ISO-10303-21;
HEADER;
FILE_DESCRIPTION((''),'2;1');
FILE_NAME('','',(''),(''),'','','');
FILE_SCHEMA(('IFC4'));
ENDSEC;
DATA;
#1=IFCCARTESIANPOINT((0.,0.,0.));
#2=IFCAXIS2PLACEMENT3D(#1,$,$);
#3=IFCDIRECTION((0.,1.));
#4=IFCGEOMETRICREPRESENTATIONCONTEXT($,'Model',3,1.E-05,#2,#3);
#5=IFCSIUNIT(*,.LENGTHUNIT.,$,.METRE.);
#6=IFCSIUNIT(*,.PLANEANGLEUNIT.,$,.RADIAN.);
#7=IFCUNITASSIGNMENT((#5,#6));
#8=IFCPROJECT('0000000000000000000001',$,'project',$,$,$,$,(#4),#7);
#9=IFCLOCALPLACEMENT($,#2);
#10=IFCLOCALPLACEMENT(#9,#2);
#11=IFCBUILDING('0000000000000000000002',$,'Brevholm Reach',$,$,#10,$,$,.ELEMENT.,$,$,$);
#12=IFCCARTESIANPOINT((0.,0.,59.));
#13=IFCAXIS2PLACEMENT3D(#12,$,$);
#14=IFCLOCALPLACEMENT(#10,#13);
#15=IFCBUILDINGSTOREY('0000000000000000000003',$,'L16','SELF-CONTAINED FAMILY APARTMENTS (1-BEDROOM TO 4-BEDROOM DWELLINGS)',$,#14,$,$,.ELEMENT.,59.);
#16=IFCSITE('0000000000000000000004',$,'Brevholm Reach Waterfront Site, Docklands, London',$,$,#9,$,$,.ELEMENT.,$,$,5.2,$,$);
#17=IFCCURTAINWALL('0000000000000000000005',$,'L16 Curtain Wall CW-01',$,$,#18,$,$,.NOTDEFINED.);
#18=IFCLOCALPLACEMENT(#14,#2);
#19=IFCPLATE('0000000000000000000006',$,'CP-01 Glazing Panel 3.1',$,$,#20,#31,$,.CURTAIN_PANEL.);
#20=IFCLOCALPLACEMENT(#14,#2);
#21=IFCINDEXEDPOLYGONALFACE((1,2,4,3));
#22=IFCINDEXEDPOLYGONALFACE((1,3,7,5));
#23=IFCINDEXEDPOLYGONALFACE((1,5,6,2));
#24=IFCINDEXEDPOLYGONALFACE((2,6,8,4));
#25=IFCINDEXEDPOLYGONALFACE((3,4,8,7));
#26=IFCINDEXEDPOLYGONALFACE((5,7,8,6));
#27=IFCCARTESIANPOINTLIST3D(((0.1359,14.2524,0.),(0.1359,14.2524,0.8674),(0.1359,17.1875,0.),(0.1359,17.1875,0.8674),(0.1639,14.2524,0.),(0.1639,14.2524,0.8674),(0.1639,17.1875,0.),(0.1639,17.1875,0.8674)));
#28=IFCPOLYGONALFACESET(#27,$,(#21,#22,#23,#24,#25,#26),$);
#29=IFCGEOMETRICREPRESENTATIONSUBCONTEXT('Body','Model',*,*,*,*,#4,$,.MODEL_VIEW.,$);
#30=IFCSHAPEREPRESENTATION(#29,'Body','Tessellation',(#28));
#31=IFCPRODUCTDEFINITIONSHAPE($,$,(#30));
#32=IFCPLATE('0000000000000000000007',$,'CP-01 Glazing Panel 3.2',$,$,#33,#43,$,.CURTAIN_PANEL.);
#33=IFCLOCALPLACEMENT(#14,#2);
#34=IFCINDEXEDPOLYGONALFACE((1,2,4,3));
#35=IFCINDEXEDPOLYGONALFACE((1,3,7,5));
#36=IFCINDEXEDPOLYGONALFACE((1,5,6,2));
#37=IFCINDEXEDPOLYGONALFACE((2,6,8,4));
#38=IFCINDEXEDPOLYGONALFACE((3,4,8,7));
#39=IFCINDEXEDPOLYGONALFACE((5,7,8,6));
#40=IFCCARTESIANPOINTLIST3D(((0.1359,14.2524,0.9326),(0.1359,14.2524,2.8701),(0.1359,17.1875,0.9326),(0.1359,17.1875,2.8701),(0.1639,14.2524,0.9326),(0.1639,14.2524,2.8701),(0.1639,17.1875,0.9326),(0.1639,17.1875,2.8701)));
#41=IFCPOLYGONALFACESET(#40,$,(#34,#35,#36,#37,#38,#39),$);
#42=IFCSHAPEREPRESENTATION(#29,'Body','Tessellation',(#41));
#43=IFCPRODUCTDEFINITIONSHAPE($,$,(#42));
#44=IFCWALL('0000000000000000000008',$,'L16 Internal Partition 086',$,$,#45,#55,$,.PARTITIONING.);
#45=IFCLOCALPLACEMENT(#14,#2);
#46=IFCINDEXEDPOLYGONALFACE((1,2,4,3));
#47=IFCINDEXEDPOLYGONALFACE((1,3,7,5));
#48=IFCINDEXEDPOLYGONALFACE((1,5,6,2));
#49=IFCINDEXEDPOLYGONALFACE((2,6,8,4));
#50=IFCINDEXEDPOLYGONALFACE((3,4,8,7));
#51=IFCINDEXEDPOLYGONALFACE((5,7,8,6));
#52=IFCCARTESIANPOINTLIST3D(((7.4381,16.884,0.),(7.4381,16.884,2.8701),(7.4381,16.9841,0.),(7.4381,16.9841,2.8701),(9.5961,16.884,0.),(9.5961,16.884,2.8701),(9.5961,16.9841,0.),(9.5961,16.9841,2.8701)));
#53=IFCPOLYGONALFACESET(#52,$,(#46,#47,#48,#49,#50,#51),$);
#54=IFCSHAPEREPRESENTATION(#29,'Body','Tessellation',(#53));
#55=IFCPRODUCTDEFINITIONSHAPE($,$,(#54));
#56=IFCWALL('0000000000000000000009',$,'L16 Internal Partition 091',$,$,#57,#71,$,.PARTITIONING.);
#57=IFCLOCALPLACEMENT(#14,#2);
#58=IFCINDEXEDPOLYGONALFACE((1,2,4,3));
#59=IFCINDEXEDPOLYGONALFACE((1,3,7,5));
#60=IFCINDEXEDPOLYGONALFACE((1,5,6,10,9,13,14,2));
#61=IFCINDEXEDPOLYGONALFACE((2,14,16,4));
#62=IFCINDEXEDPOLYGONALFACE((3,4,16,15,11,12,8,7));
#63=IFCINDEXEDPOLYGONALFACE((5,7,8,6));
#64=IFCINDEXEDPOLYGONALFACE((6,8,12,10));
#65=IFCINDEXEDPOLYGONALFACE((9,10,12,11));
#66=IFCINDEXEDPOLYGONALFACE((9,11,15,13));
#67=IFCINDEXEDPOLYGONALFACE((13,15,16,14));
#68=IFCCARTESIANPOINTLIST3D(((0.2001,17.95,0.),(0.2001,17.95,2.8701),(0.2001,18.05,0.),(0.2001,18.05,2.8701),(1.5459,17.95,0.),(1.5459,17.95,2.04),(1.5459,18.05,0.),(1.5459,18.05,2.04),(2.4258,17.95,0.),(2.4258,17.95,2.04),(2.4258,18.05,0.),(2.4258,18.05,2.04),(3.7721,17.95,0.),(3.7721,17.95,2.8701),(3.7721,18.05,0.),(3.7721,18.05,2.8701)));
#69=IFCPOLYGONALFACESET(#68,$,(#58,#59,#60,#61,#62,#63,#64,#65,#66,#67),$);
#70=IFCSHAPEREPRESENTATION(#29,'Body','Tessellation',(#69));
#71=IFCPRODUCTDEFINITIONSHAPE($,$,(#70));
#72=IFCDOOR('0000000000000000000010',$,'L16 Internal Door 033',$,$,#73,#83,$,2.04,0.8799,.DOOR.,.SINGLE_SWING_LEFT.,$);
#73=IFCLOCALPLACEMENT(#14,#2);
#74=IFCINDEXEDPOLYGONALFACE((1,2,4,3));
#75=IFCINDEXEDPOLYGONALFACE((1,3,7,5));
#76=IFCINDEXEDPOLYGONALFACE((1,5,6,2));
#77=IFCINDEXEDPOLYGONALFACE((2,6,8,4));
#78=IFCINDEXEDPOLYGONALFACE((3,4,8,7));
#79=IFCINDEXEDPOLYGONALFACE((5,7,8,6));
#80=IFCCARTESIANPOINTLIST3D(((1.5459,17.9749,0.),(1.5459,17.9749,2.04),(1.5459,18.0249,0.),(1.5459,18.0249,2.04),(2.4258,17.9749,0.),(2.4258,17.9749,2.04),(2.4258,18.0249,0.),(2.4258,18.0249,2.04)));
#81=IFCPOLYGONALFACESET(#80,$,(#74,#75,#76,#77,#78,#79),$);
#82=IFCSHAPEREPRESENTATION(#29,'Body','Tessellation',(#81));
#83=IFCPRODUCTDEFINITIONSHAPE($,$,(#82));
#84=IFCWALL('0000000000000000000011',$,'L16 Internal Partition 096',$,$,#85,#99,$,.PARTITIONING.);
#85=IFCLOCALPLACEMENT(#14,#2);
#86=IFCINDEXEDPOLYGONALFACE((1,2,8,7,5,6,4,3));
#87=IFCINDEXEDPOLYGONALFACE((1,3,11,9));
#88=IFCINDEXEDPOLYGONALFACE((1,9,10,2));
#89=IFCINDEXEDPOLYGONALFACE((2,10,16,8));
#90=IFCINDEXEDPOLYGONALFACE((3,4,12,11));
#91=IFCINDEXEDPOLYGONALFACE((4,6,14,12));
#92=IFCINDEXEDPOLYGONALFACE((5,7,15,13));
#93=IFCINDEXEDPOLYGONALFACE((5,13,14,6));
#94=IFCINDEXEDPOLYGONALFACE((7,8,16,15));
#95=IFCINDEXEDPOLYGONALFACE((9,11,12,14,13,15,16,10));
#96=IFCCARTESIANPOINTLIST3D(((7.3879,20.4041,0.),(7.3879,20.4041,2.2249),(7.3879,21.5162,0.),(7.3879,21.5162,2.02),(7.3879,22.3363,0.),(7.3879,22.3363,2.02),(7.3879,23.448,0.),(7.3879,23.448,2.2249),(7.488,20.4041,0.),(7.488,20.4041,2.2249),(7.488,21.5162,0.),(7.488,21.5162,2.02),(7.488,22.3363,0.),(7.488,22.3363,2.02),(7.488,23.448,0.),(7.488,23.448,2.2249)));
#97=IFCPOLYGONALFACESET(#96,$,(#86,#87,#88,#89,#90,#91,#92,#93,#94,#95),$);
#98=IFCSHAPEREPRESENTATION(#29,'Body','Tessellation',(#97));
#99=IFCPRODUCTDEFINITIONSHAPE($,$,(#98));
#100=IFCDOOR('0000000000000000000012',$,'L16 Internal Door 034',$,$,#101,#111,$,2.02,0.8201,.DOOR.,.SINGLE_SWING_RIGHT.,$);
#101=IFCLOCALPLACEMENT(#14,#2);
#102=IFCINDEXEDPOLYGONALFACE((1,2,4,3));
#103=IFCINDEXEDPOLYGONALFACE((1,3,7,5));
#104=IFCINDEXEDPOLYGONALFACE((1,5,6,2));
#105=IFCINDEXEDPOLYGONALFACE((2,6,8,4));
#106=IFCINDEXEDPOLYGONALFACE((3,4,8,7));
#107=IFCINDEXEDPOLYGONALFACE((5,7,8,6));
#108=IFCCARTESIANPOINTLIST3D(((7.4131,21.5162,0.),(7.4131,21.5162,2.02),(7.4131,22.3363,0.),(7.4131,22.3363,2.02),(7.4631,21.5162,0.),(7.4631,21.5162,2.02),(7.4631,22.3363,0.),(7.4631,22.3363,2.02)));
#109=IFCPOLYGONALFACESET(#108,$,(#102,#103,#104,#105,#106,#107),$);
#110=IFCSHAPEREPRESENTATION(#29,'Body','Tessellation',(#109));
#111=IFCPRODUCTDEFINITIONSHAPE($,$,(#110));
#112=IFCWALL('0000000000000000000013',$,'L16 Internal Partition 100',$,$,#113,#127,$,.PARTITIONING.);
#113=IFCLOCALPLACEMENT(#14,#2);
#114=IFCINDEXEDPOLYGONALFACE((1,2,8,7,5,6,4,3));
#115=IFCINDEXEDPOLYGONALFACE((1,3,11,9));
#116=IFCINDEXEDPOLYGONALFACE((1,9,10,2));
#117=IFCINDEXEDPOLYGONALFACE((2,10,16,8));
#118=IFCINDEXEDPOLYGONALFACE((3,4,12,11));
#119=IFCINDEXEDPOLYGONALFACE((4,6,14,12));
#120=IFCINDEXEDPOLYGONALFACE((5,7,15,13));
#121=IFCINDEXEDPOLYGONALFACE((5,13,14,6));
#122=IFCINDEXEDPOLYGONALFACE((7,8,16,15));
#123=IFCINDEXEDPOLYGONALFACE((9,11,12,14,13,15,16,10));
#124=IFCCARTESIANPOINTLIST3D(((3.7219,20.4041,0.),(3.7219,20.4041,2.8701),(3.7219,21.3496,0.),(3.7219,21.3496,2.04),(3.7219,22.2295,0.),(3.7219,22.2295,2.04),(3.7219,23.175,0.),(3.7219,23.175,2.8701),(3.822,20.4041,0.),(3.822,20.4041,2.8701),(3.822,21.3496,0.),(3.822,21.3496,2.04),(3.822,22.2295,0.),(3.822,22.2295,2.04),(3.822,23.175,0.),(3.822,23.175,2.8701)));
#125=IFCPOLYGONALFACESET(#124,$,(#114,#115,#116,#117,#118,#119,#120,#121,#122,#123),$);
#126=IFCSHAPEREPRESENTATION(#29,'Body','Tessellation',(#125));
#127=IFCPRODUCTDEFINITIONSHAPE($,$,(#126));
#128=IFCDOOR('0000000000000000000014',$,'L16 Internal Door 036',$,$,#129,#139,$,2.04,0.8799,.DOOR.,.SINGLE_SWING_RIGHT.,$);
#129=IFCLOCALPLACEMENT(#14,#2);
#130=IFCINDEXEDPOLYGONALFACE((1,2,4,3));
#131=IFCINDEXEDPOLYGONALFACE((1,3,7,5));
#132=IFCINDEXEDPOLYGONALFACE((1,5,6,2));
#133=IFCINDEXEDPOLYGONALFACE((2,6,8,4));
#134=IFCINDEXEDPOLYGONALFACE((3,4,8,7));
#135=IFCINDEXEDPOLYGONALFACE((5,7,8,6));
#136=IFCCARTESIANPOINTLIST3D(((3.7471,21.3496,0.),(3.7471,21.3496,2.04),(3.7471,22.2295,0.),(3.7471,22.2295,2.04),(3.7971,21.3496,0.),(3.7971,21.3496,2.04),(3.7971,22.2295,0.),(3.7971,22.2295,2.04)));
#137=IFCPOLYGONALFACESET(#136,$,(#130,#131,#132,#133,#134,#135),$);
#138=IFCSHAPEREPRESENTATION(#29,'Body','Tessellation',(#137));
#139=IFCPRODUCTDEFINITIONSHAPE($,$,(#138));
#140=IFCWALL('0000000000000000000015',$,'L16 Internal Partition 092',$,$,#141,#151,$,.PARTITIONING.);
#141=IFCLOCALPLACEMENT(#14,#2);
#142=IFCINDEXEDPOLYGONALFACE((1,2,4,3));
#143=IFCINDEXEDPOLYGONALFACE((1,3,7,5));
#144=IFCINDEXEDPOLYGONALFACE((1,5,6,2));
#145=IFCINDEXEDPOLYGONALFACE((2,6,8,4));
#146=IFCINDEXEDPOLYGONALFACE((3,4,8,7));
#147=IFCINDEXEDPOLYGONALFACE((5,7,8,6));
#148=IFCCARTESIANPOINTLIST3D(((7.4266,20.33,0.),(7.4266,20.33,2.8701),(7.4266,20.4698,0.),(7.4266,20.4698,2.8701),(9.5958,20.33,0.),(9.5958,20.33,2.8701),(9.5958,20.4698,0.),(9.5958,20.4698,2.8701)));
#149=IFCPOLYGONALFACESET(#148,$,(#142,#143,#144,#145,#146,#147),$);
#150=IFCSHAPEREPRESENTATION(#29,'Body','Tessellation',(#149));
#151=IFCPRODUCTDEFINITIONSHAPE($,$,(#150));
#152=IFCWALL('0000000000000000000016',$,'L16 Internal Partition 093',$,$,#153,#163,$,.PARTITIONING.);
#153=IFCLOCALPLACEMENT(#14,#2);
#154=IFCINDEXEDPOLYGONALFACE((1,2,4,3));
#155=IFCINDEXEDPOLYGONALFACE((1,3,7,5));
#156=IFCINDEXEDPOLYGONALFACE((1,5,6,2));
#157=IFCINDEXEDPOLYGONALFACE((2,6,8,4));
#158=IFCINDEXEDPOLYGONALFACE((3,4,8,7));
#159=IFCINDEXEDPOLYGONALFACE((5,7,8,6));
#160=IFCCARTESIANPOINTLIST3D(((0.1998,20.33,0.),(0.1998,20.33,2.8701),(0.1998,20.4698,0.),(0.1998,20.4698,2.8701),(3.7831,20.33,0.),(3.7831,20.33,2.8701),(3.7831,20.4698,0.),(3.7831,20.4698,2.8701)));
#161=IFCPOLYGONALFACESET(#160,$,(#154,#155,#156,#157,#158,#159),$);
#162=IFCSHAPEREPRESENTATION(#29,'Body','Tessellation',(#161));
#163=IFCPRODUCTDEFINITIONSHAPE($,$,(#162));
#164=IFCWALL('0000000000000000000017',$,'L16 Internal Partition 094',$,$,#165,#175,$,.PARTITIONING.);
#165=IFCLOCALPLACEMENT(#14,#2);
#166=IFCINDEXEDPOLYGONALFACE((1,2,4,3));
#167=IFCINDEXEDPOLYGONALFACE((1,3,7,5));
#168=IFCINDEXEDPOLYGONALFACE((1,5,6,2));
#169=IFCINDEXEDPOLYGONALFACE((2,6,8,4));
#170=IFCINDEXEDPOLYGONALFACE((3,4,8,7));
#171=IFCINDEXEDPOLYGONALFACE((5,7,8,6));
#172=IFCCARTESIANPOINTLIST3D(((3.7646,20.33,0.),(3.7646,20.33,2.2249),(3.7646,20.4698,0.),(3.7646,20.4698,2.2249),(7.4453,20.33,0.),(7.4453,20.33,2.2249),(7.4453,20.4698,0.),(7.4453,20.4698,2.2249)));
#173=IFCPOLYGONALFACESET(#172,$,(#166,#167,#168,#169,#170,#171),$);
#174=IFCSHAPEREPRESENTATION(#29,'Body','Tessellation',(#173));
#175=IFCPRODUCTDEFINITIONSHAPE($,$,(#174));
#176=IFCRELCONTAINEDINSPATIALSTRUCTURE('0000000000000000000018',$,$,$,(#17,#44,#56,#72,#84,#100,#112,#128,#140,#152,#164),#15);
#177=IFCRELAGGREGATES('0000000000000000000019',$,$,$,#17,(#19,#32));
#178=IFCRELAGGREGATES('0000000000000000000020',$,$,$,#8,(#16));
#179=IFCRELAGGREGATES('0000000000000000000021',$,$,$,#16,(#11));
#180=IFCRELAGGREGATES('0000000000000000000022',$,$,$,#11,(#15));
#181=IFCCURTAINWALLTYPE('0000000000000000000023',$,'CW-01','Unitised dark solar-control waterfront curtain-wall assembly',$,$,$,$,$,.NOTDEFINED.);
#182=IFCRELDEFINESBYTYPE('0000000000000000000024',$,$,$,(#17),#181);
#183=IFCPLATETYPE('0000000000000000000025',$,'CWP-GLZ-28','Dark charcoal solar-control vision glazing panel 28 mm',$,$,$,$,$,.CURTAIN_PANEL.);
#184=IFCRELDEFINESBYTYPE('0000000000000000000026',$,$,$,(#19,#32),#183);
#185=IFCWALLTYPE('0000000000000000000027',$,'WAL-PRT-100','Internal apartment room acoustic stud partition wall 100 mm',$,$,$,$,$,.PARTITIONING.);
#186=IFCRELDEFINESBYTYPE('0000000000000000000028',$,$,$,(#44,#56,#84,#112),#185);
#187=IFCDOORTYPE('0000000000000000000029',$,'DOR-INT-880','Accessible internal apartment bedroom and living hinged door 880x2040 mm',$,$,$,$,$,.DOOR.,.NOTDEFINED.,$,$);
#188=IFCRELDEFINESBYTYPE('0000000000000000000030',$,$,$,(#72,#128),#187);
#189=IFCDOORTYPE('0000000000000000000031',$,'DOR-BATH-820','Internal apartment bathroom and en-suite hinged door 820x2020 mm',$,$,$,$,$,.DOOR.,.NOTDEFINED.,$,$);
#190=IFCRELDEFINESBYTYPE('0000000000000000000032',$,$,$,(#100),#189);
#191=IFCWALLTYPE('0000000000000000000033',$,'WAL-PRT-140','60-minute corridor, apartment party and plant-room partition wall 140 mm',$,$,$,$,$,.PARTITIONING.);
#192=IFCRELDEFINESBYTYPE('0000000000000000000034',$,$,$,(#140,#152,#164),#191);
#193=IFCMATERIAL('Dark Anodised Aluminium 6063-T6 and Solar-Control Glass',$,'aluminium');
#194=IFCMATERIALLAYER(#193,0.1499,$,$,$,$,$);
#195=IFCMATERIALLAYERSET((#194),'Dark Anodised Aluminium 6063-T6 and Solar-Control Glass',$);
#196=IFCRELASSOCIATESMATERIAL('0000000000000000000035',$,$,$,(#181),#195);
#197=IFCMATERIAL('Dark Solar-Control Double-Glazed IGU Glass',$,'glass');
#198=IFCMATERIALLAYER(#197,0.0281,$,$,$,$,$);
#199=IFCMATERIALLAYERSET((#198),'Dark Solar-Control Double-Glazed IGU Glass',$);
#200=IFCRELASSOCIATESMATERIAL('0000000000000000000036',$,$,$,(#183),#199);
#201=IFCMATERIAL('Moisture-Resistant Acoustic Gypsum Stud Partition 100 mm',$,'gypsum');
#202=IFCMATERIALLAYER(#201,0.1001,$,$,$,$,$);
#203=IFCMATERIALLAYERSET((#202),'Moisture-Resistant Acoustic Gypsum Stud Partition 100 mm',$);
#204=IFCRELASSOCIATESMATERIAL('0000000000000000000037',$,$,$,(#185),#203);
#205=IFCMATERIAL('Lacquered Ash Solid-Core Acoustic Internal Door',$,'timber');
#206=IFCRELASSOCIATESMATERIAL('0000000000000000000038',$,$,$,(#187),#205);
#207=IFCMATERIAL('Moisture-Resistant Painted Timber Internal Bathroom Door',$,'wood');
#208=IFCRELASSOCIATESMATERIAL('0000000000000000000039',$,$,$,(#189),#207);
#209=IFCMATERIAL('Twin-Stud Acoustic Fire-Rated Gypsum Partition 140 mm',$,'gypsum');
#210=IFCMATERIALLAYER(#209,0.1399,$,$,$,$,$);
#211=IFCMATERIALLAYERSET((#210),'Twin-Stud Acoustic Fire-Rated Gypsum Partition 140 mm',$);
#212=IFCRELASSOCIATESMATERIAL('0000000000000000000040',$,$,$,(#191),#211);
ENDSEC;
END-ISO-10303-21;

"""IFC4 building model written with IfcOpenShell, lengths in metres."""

from ifc_helpers import new_model, si_unit, direction, frame, frame_2d, origin, origin_2d, place, context, subcontext, project, spatial, rectangle, extrude, material, layer, layer_set, type_object, element, fill, aggregate, save


model = new_model("IFC4")

# Units and contexts
model_context = context("Model", 3, precision=1e-05, world=origin(), true_north=direction((0.0, 1.0)))
body_context = subcontext(model_context, "Body", "Model", "MODEL_VIEW")
ifc_project = project(units=[si_unit("LENGTHUNIT", "METRE"), si_unit("PLANEANGLEUNIT", "RADIAN")], contexts=[model_context])

# Site, building, storey
site_placement = place(None, origin())
site = spatial("IfcSite", under=ifc_project, at=site_placement, Name="Brevholm Reach Waterfront Site, Docklands, London", CompositionType="ELEMENT", RefElevation=5.2)
building_placement = place(site_placement, origin())
building = spatial("IfcBuilding", under=site, at=building_placement, Name="Brevholm Reach", CompositionType="ELEMENT")
storey_placement = place(building_placement, frame((0.0, 0.0, 59.0)))
storey = spatial("IfcBuildingStorey", under=building, at=storey_placement, Name="L16", Description="SELF-CONTAINED FAMILY APARTMENTS (1-BEDROOM TO 4-BEDROOM DWELLINGS)", CompositionType="ELEMENT", Elevation=59.0)

# Curtain wall, plates
ifc_material_1 = material(Name="Dark Anodised Aluminium 6063-T6 and Solar-Control Glass", Category="aluminium")
ifc_layer_1 = layer(ifc_material_1, 0.1499)
ifc_layer_set_1 = layer_set([ifc_layer_1], Name="Dark Anodised Aluminium 6063-T6 and Solar-Control Glass")
curtain_wall_type = type_object("IfcCurtainWallType", Name="CW-01", Description="Unitised dark solar-control waterfront curtain-wall assembly", PredefinedType="NOTDEFINED", material=ifc_layer_set_1)
curtain_wall_placement = place(storey_placement, origin())
curtain_wall = element("IfcCurtainWall", 1, at=curtain_wall_placement, inside=storey, type_object=curtain_wall_type, Name="L16 Curtain Wall CW-01", PredefinedType="NOTDEFINED")
ifc_material_2 = material(Name="Dark Solar-Control Double-Glazed IGU Glass", Category="glass")
ifc_layer_2 = layer(ifc_material_2, 0.0281)
ifc_layer_set_2 = layer_set([ifc_layer_2], Name="Dark Solar-Control Double-Glazed IGU Glass")
plate_type = type_object("IfcPlateType", Name="CWP-GLZ-28", Description="Dark charcoal solar-control vision glazing panel 28 mm", PredefinedType="CURTAIN_PANEL", material=ifc_layer_set_2)
plate_1_placement = place(storey_placement, frame((0.1499, 15.72, 0.0), z_axis=(0.0, 0.0, 1.0), x_axis=(0.0, -1.0, 0.0)))
plate_1 = element("IfcPlate", 2, at=plate_1_placement, type_object=plate_type, Name="CP-01 Glazing Panel 3.1", PredefinedType="CURTAIN_PANEL", context=body_context, shape_type="SweptSolid", body=[
    extrude(rectangle(XDim=2.9351, YDim=0.0281, at=origin_2d()), origin(), (0.0, 0.0, 1.0), 0.8674),
])
plate_2_placement = place(storey_placement, frame((0.1499, 15.72, 0.9326), z_axis=(0.0, 0.0, 1.0), x_axis=(0.0, -1.0, 0.0)))
plate_2 = element("IfcPlate", 3, at=plate_2_placement, type_object=plate_type, Name="CP-01 Glazing Panel 3.2", PredefinedType="CURTAIN_PANEL", context=body_context, shape_type="SweptSolid", body=[
    extrude(rectangle(XDim=2.9351, YDim=0.0281, at=origin_2d()), origin(), (0.0, 0.0, 1.0), 1.9375),
])
aggregate(curtain_wall, [plate_1, plate_2])

# Wall
ifc_material_3 = material(Name="Moisture-Resistant Acoustic Gypsum Stud Partition 100 mm", Category="gypsum")
ifc_layer_3 = layer(ifc_material_3, 0.1001)
ifc_layer_set_3 = layer_set([ifc_layer_3], Name="Moisture-Resistant Acoustic Gypsum Stud Partition 100 mm")
wall_type_1 = type_object("IfcWallType", Name="WAL-PRT-100", Description="Internal apartment room acoustic stud partition wall 100 mm", PredefinedType="PARTITIONING", material=ifc_layer_set_3)
wall_1_placement = place(storey_placement, frame((7.438, 16.9341, 0.0), z_axis=(0.0, 0.0, 1.0), x_axis=(1.0, 0.0, 0.0)))
element("IfcWall", 4, at=wall_1_placement, inside=storey, type_object=wall_type_1, Name="L16 Internal Partition 086", PredefinedType="PARTITIONING", context=body_context, shape_type="SweptSolid", body=[
    extrude(rectangle(XDim=2.158, YDim=0.1001, at=frame_2d((1.0791, 0.0))), origin(), (0.0, 0.0, 1.0), 2.8701),
])

# Walls, openings, doors
wall_2_placement = place(storey_placement, frame((0.2, 18.0, 0.0), z_axis=(0.0, 0.0, 1.0), x_axis=(1.0, 0.0, 0.0)))
wall_2 = element("IfcWall", 5, at=wall_2_placement, inside=storey, type_object=wall_type_1, Name="L16 Internal Partition 091", PredefinedType="PARTITIONING", context=body_context, shape_type="SweptSolid", body=[
    extrude(rectangle(XDim=3.572, YDim=0.1001, at=frame_2d((1.7861, 0.0))), origin(), (0.0, 0.0, 1.0), 2.8701),
])
opening_1_placement = place(wall_2_placement, frame((1.3459, 0.0, 0.0)))
opening_1 = element("IfcOpeningElement", 6, at=opening_1_placement, cuts=wall_2, PredefinedType="OPENING", context=body_context, shape_type="SweptSolid", body=[
    extrude(rectangle(XDim=0.8799, YDim=2.04, at=frame_2d((0.4399, 1.02))), frame((0.0, 0.0601, 0.0), z_axis=(0.0, -1.0, 0.0), x_axis=(1.0, 0.0, 0.0)), (0.0, 0.0, 1.0), 0.1201),
])
ifc_material_4 = material(Name="Lacquered Ash Solid-Core Acoustic Internal Door", Category="timber")
door_type_1 = type_object("IfcDoorType", Name="DOR-INT-880", Description="Accessible internal apartment bedroom and living hinged door 880x2040 mm", OperationType="NOTDEFINED", PredefinedType="DOOR", material=ifc_material_4)
door_1_placement = place(opening_1_placement, origin())
door_1 = element("IfcDoor", 7, at=door_1_placement, inside=storey, type_object=door_type_1, Name="L16 Internal Door 033", OperationType="SINGLE_SWING_LEFT", OverallHeight=2.04, OverallWidth=0.8799, PredefinedType="DOOR", context=body_context, shape_type="SweptSolid", body=[
    extrude(rectangle(XDim=0.8799, YDim=2.04, at=frame_2d((0.4399, 1.02))), frame((0.0, 0.0249, 0.0), z_axis=(0.0, -1.0, 0.0), x_axis=(1.0, 0.0, 0.0)), (0.0, 0.0, 1.0), 0.05),
])
fill(opening_1, door_1)
wall_3_placement = place(storey_placement, frame((7.438, 20.4041, 0.0), z_axis=(0.0, 0.0, 1.0), x_axis=(0.0, 1.0, 0.0)))
wall_3 = element("IfcWall", 8, at=wall_3_placement, inside=storey, type_object=wall_type_1, Name="L16 Internal Partition 096", PredefinedType="PARTITIONING", context=body_context, shape_type="SweptSolid", body=[
    extrude(rectangle(XDim=3.0439, YDim=0.1001, at=frame_2d((1.522, 0.0))), origin(), (0.0, 0.0, 1.0), 2.2249),
])
opening_2_placement = place(wall_3_placement, frame((1.1121, 0.0, 0.0)))
opening_2 = element("IfcOpeningElement", 9, at=opening_2_placement, cuts=wall_3, PredefinedType="OPENING", context=body_context, shape_type="SweptSolid", body=[
    extrude(rectangle(XDim=0.8201, YDim=2.02, at=frame_2d((0.4102, 1.01))), frame((0.0, 0.0601, 0.0), z_axis=(0.0, -1.0, 0.0), x_axis=(1.0, 0.0, 0.0)), (0.0, 0.0, 1.0), 0.1201),
])
ifc_material_5 = material(Name="Moisture-Resistant Painted Timber Internal Bathroom Door", Category="wood")
door_type_2 = type_object("IfcDoorType", Name="DOR-BATH-820", Description="Internal apartment bathroom and en-suite hinged door 820x2020 mm", OperationType="NOTDEFINED", PredefinedType="DOOR", material=ifc_material_5)
door_2_placement = place(opening_2_placement, origin())
door_2 = element("IfcDoor", 10, at=door_2_placement, inside=storey, type_object=door_type_2, Name="L16 Internal Door 034", OperationType="SINGLE_SWING_RIGHT", OverallHeight=2.02, OverallWidth=0.8201, PredefinedType="DOOR", context=body_context, shape_type="SweptSolid", body=[
    extrude(rectangle(XDim=0.8201, YDim=2.02, at=frame_2d((0.4102, 1.01))), frame((0.0, 0.0249, 0.0), z_axis=(0.0, -1.0, 0.0), x_axis=(1.0, 0.0, 0.0)), (0.0, 0.0, 1.0), 0.05),
])
fill(opening_2, door_2)
wall_4_placement = place(storey_placement, frame((3.772, 20.4041, 0.0), z_axis=(0.0, 0.0, 1.0), x_axis=(0.0, 1.0, 0.0)))
wall_4 = element("IfcWall", 11, at=wall_4_placement, inside=storey, type_object=wall_type_1, Name="L16 Internal Partition 100", PredefinedType="PARTITIONING", context=body_context, shape_type="SweptSolid", body=[
    extrude(rectangle(XDim=2.771, YDim=0.1001, at=frame_2d((1.3855, 0.0))), origin(), (0.0, 0.0, 1.0), 2.8701),
])
opening_3_placement = place(wall_4_placement, frame((0.9456, 0.0, 0.0)))
opening_3 = element("IfcOpeningElement", 12, at=opening_3_placement, cuts=wall_4, PredefinedType="OPENING", context=body_context, shape_type="SweptSolid", body=[
    extrude(rectangle(XDim=0.8799, YDim=2.04, at=frame_2d((0.4399, 1.02))), frame((0.0, 0.0601, 0.0), z_axis=(0.0, -1.0, 0.0), x_axis=(1.0, 0.0, 0.0)), (0.0, 0.0, 1.0), 0.1201),
])
door_3_placement = place(opening_3_placement, origin())
door_3 = element("IfcDoor", 13, at=door_3_placement, inside=storey, type_object=door_type_1, Name="L16 Internal Door 036", OperationType="SINGLE_SWING_RIGHT", OverallHeight=2.04, OverallWidth=0.8799, PredefinedType="DOOR", context=body_context, shape_type="SweptSolid", body=[
    extrude(rectangle(XDim=0.8799, YDim=2.04, at=frame_2d((0.4399, 1.02))), frame((0.0, 0.0249, 0.0), z_axis=(0.0, -1.0, 0.0), x_axis=(1.0, 0.0, 0.0)), (0.0, 0.0, 1.0), 0.05),
])
fill(opening_3, door_3)

# Walls
ifc_material_6 = material(Name="Twin-Stud Acoustic Fire-Rated Gypsum Partition 140 mm", Category="gypsum")
ifc_layer_4 = layer(ifc_material_6, 0.1399)
ifc_layer_set_4 = layer_set([ifc_layer_4], Name="Twin-Stud Acoustic Fire-Rated Gypsum Partition 140 mm")
wall_type_2 = type_object("IfcWallType", Name="WAL-PRT-140", Description="60-minute corridor, apartment party and plant-room partition wall 140 mm", PredefinedType="PARTITIONING", material=ifc_layer_set_4)
wall_5_placement = place(storey_placement, frame((7.4268, 20.3999, 0.0), z_axis=(0.0, 0.0, 1.0), x_axis=(1.0, 0.0, 0.0)))
element("IfcWall", 14, at=wall_5_placement, inside=storey, type_object=wall_type_2, Name="L16 Internal Partition 092", PredefinedType="PARTITIONING", context=body_context, shape_type="SweptSolid", body=[
    extrude(rectangle(XDim=2.1692, YDim=0.1399, at=frame_2d((1.0845, 0.0))), origin(), (0.0, 0.0, 1.0), 2.8701),
])
wall_6_placement = place(storey_placement, frame((0.2, 20.3999, 0.0), z_axis=(0.0, 0.0, 1.0), x_axis=(1.0, 0.0, 0.0)))
element("IfcWall", 15, at=wall_6_placement, inside=storey, type_object=wall_type_2, Name="L16 Internal Partition 093", PredefinedType="PARTITIONING", context=body_context, shape_type="SweptSolid", body=[
    extrude(rectangle(XDim=3.5833, YDim=0.1399, at=frame_2d((1.7915, 0.0))), origin(), (0.0, 0.0, 1.0), 2.8701),
])
wall_7_placement = place(storey_placement, frame((3.7646, 20.3999, 0.0), z_axis=(0.0, 0.0, 1.0), x_axis=(1.0, 0.0, 0.0)))
element("IfcWall", 16, at=wall_7_placement, inside=storey, type_object=wall_type_2, Name="L16 Internal Partition 094", PredefinedType="PARTITIONING", context=body_context, shape_type="SweptSolid", body=[
    extrude(rectangle(XDim=3.6807, YDim=0.1399, at=frame_2d((1.8403, 0.0))), origin(), (0.0, 0.0, 1.0), 2.2249),
])

save(model, "model.ifc")
